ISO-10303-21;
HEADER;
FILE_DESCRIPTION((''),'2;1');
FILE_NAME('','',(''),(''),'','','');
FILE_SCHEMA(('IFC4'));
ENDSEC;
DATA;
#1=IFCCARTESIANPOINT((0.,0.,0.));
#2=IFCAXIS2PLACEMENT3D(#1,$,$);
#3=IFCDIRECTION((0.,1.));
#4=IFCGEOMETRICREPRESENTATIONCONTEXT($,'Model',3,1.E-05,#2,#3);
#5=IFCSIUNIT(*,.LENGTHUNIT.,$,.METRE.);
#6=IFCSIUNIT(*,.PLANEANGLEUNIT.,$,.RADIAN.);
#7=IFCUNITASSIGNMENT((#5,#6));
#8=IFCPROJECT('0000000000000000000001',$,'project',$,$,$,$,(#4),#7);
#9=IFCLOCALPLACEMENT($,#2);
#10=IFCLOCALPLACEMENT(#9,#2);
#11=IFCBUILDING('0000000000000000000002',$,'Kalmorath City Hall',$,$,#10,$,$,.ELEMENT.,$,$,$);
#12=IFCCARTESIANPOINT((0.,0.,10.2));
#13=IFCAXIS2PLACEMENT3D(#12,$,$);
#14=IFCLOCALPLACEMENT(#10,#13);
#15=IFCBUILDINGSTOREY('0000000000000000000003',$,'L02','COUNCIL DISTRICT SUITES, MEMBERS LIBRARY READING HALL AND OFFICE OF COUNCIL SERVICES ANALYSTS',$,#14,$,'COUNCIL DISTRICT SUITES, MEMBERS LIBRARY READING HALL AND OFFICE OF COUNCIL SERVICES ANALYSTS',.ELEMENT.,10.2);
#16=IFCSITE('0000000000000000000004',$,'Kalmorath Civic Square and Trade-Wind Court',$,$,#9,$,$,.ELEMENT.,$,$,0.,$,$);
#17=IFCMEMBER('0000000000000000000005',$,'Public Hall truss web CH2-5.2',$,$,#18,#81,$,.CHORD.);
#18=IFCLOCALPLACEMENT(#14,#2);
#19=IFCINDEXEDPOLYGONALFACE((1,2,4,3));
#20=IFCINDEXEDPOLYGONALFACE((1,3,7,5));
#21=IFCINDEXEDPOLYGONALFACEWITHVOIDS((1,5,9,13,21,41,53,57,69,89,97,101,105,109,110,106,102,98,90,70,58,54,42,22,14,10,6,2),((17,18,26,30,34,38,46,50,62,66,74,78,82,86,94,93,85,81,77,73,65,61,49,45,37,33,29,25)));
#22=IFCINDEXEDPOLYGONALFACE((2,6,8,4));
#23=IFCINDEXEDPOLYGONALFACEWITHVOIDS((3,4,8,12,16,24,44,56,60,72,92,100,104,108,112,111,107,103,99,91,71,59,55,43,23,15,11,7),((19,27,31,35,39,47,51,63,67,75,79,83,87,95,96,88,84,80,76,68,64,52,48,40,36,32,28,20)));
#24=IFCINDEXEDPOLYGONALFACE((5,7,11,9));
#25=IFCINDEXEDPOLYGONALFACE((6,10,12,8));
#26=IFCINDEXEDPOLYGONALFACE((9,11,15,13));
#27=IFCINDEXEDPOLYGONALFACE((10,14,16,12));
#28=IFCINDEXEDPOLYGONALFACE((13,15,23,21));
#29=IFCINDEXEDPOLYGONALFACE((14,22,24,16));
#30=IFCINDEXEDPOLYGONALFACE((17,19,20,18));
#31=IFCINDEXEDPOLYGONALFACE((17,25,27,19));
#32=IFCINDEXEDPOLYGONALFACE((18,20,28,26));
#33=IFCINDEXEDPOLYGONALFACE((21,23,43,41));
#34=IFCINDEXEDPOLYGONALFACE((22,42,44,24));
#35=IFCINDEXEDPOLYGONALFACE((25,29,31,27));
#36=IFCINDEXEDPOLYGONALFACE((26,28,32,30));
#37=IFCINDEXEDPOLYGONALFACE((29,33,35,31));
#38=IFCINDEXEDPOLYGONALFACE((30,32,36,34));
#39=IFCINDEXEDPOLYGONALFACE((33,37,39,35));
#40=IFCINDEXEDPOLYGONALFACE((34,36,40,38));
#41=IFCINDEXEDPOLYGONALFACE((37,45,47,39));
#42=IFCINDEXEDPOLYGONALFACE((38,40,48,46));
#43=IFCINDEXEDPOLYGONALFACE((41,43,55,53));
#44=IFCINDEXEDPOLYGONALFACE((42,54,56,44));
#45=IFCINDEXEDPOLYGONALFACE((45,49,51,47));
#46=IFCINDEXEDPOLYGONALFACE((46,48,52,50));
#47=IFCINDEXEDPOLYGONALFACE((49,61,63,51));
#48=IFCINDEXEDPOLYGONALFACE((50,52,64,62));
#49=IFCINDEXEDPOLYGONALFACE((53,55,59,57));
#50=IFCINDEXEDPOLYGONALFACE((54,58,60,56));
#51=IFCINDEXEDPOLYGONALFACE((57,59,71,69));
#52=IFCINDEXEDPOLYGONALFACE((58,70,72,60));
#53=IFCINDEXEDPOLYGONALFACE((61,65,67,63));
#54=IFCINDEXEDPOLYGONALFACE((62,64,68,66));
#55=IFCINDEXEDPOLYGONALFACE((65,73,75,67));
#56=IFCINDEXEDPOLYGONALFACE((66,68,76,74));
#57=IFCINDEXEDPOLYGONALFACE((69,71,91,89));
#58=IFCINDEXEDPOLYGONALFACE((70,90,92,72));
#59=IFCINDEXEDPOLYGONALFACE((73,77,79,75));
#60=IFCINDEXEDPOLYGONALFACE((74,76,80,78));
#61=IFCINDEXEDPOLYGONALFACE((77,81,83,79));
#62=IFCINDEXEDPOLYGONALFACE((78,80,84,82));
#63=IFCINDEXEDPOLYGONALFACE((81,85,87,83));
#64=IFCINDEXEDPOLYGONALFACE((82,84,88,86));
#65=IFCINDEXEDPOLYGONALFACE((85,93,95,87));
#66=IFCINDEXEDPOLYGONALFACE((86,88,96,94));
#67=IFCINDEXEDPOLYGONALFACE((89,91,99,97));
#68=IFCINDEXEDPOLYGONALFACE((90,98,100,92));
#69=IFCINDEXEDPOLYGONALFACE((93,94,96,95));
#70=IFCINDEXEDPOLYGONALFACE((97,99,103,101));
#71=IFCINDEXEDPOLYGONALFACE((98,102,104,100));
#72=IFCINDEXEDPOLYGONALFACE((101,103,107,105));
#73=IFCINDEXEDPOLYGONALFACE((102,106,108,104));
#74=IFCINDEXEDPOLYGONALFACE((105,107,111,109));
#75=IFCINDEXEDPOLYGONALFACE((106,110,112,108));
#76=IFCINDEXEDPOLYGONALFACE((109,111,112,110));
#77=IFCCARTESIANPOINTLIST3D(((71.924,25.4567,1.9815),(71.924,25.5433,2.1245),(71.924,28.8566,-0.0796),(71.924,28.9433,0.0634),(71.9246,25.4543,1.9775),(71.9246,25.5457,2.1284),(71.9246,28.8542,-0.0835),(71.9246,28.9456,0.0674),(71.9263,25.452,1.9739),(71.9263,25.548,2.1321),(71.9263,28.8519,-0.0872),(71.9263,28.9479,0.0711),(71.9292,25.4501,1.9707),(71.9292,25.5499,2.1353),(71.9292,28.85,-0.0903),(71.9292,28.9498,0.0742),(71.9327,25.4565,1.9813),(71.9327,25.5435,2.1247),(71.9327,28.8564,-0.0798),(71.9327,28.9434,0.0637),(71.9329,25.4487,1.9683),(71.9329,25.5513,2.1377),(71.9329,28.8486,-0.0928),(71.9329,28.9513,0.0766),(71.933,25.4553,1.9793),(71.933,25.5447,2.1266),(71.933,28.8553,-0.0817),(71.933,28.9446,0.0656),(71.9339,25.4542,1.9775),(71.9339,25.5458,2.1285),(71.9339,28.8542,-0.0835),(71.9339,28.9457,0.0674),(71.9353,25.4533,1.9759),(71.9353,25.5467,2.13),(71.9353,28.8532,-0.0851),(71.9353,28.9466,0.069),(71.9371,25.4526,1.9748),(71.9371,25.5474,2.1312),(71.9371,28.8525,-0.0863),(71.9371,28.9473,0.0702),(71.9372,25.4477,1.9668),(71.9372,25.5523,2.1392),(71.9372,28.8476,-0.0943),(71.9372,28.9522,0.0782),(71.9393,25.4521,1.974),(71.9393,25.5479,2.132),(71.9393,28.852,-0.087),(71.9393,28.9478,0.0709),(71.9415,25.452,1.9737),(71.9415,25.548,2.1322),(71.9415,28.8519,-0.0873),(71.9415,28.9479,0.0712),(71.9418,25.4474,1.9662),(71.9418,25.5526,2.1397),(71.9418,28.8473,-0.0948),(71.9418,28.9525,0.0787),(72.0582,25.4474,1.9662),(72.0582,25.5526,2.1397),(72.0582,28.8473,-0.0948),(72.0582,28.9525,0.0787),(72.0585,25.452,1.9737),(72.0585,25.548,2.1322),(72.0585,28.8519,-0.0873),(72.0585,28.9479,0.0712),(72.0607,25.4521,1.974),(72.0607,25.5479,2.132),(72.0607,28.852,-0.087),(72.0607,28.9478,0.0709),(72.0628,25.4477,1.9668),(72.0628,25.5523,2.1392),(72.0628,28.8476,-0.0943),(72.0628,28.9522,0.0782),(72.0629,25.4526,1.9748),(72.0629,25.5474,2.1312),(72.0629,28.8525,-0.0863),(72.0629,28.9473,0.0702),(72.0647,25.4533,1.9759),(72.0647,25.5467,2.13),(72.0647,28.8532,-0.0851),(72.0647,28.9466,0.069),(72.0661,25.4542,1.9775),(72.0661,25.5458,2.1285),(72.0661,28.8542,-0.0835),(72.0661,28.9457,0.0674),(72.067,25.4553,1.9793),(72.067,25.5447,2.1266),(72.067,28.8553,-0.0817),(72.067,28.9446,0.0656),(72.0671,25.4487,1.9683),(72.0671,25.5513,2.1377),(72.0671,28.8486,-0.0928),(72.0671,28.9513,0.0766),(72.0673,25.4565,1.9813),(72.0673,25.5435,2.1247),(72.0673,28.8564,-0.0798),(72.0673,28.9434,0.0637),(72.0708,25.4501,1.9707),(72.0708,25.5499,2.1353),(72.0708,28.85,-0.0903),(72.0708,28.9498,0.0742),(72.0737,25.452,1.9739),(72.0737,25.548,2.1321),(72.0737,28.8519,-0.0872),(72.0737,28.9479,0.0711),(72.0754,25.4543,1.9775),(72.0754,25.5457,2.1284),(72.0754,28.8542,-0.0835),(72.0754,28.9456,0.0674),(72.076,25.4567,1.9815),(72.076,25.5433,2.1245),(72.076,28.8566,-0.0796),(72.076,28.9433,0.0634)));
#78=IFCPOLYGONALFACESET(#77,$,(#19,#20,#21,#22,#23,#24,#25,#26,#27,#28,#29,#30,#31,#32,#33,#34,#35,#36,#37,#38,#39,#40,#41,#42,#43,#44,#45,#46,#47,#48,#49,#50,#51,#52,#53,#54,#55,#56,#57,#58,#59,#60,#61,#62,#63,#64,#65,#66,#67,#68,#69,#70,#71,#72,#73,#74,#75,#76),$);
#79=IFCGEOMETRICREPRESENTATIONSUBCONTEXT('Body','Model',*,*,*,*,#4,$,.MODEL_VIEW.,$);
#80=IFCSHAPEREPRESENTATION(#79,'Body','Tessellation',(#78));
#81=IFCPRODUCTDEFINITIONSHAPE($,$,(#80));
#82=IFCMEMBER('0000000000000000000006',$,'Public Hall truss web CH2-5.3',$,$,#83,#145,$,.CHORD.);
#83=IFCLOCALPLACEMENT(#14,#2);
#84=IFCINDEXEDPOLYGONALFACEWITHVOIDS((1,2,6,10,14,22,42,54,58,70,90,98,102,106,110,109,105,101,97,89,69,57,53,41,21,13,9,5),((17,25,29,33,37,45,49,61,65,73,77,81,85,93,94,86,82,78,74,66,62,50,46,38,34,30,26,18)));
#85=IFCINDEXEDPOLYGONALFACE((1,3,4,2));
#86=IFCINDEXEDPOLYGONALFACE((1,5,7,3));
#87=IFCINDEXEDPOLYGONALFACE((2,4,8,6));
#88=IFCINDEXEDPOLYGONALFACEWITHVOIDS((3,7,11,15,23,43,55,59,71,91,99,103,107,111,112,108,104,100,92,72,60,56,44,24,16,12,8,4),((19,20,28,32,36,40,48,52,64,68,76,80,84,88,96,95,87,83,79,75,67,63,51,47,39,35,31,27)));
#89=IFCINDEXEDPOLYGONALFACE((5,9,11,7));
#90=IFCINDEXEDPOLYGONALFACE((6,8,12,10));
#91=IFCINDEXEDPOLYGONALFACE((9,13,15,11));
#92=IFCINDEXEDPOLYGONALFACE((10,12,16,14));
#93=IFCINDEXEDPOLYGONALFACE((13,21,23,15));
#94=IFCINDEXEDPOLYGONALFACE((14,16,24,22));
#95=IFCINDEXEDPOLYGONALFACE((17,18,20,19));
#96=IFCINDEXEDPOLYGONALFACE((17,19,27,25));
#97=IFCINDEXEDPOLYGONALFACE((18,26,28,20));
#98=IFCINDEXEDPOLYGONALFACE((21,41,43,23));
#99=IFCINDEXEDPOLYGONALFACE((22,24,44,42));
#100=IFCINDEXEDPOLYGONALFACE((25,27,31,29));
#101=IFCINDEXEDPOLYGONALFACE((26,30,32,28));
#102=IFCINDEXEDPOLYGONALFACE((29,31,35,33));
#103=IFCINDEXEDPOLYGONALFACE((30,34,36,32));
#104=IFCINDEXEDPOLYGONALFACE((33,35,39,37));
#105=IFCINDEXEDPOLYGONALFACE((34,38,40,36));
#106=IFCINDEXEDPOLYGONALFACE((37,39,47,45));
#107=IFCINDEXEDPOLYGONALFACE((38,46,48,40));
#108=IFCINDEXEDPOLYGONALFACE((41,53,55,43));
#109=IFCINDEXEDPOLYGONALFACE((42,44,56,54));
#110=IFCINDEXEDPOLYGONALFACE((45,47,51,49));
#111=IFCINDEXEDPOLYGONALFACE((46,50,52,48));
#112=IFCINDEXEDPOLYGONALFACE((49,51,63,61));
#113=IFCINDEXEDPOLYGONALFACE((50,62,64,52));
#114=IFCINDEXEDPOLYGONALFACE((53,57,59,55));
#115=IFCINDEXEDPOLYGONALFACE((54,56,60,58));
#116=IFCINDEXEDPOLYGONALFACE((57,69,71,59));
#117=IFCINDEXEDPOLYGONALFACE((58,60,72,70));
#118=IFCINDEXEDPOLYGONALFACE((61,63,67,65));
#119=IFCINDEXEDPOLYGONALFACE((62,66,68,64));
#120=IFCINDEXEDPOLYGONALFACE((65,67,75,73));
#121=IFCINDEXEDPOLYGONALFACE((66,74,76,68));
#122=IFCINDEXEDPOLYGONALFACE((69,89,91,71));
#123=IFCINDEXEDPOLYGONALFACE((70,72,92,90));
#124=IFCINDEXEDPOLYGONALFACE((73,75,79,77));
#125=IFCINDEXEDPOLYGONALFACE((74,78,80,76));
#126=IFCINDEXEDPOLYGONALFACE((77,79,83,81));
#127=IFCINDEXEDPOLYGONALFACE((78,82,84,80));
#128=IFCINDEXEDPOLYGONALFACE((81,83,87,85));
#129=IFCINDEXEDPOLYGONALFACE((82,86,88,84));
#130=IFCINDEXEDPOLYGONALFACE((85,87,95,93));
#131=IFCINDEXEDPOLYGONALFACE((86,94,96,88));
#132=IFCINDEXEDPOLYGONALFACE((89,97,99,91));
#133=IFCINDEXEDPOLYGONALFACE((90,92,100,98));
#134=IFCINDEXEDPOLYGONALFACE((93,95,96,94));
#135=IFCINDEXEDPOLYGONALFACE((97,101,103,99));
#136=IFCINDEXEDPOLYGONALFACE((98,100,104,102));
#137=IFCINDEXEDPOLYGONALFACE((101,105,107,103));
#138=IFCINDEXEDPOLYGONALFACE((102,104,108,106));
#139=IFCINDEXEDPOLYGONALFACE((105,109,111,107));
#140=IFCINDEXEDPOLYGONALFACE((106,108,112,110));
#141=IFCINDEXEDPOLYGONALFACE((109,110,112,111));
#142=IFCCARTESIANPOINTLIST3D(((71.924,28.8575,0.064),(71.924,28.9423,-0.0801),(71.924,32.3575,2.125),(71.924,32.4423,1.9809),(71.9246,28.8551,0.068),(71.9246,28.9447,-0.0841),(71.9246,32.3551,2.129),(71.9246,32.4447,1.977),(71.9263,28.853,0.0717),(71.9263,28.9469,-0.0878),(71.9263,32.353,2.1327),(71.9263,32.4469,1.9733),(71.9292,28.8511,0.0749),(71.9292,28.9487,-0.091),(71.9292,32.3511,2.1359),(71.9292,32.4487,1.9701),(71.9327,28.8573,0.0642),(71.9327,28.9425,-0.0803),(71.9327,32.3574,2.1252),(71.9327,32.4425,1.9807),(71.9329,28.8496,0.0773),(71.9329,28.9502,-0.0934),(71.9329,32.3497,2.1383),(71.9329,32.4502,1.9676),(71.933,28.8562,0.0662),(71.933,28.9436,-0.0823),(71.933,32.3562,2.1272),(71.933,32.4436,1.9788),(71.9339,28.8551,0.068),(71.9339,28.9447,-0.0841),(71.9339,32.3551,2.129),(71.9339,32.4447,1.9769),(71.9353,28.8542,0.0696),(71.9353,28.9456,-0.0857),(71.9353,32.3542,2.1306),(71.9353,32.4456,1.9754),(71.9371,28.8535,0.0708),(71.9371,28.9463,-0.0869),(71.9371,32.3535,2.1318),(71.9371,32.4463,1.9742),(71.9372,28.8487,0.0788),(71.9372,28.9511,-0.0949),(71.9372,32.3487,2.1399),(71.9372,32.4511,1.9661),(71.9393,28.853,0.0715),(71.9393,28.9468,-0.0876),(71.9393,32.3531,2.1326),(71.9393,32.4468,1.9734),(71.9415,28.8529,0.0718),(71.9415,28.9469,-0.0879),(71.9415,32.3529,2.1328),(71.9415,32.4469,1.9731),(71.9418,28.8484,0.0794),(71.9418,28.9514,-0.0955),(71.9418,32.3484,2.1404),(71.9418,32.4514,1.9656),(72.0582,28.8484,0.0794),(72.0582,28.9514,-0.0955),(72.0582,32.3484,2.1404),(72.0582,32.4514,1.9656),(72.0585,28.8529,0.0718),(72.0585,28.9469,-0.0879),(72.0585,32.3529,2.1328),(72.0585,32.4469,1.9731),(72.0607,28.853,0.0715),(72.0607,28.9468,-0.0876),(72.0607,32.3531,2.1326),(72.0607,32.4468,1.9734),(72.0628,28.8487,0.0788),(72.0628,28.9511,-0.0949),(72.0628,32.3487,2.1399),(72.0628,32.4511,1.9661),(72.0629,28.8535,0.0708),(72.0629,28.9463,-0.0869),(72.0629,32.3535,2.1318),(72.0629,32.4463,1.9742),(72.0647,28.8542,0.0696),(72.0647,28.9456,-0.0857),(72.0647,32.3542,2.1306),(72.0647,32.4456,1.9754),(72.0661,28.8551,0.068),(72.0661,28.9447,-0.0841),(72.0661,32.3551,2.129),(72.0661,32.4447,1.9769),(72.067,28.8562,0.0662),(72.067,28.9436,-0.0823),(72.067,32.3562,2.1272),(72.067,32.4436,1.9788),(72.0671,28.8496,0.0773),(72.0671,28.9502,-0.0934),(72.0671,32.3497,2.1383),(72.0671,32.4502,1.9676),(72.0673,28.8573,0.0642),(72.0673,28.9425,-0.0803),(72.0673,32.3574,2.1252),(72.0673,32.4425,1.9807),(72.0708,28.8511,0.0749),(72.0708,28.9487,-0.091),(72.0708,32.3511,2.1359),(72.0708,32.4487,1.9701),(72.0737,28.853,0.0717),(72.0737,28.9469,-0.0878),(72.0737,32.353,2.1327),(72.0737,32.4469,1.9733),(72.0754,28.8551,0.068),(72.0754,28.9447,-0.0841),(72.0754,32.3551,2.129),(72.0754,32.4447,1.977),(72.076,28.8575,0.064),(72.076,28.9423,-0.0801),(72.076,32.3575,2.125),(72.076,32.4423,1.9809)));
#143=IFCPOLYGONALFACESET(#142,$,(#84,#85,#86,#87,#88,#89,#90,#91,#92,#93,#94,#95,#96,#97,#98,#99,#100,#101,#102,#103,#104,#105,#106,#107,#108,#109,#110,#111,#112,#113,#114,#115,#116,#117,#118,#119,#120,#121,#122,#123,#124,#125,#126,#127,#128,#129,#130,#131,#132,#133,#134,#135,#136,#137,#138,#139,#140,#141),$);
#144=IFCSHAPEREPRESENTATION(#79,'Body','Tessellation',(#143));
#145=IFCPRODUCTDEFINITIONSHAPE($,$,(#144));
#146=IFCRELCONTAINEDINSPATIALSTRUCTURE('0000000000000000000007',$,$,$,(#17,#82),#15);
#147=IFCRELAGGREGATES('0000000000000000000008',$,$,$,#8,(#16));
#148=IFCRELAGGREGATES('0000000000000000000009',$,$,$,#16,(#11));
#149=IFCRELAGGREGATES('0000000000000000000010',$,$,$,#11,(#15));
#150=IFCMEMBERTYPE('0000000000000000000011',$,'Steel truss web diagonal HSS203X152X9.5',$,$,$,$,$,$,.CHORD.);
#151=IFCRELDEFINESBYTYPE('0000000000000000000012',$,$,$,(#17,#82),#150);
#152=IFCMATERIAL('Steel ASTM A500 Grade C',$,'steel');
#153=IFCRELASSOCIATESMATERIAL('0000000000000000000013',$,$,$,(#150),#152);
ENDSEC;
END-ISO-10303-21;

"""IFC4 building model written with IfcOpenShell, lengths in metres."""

from ifc_helpers import new_model, si_unit, direction, frame, origin, origin_2d, place, context, subcontext, project, spatial, hollow_rectangle, extrude, material, material_profile, profile_set, type_object, element, save


model = new_model("IFC4")

# Units and contexts
model_context = context("Model", 3, precision=1e-05, world=origin(), true_north=direction((0.0, 1.0)))
body_context = subcontext(model_context, "Body", "Model", "MODEL_VIEW")
ifc_project = project(units=[si_unit("LENGTHUNIT", "METRE"), si_unit("PLANEANGLEUNIT", "RADIAN")], contexts=[model_context])

# Site, building, storey
site_placement = place(None, origin())
site = spatial("IfcSite", under=ifc_project, at=site_placement, Name="Kalmorath Civic Square and Trade-Wind Court", CompositionType="ELEMENT", RefElevation=0.0)
building_placement = place(site_placement, origin())
building = spatial("IfcBuilding", under=site, at=building_placement, Name="Kalmorath City Hall", CompositionType="ELEMENT")
storey_placement = place(building_placement, frame((0.0, 0.0, 10.2)))
storey = spatial("IfcBuildingStorey", under=building, at=storey_placement, Name="L02", Description="COUNCIL DISTRICT SUITES, MEMBERS LIBRARY READING HALL AND OFFICE OF COUNCIL SERVICES ANALYSTS", LongName="COUNCIL DISTRICT SUITES, MEMBERS LIBRARY READING HALL AND OFFICE OF COUNCIL SERVICES ANALYSTS", CompositionType="ELEMENT", Elevation=10.2)

# Members
ifc_material_1 = material(Name="Steel ASTM A500 Grade C", Category="steel")
ifc_material_profile_1 = material_profile(ifc_material_1, hollow_rectangle(XDim=0.1521, YDim=0.2029, WallThickness=0.0088, InnerFilletRadius=0.0088, OuterFilletRadius=0.0178, at=origin_2d()), Name="HSS203X152X9.5")
ifc_profile_set_1 = profile_set([ifc_material_profile_1], Name="Steel ASTM A500 Grade C")
member_type_1 = type_object("IfcMemberType", Name="Steel truss web diagonal HSS203X152X9.5", PredefinedType="CHORD", material=ifc_profile_set_1)
member_1_placement = place(storey_placement, frame((72.0, 25.5, 2.053), z_axis=(0.0, 0.855143, -0.518392), x_axis=(-1.0, 0.0, 0.0)))
element("IfcMember", 1, at=member_1_placement, inside=storey, type_object=member_type_1, Name="Public Hall truss web CH2-5.2", PredefinedType="CHORD", context=body_context, shape_type="SweptSolid", body=[
    extrude(hollow_rectangle(XDim=0.1521, YDim=0.2029, WallThickness=0.0088, InnerFilletRadius=0.0088, OuterFilletRadius=0.0178, at=origin_2d()), origin(), (0.0, 0.0, 1.0), 3.9758),
])
member_2_placement = place(storey_placement, frame((72.0, 28.8999, -0.0081), z_axis=(0.0, 0.861696, 0.507425), x_axis=(-1.0, 0.0, 0.0)))
element("IfcMember", 2, at=member_2_placement, inside=storey, type_object=member_type_1, Name="Public Hall truss web CH2-5.3", PredefinedType="CHORD", context=body_context, shape_type="SweptSolid", body=[
    extrude(hollow_rectangle(XDim=0.1521, YDim=0.2029, WallThickness=0.0088, InnerFilletRadius=0.0088, OuterFilletRadius=0.0178, at=origin_2d()), origin(), (0.0, 0.0, 1.0), 4.0618),
])

save(model, "model.ifc")
